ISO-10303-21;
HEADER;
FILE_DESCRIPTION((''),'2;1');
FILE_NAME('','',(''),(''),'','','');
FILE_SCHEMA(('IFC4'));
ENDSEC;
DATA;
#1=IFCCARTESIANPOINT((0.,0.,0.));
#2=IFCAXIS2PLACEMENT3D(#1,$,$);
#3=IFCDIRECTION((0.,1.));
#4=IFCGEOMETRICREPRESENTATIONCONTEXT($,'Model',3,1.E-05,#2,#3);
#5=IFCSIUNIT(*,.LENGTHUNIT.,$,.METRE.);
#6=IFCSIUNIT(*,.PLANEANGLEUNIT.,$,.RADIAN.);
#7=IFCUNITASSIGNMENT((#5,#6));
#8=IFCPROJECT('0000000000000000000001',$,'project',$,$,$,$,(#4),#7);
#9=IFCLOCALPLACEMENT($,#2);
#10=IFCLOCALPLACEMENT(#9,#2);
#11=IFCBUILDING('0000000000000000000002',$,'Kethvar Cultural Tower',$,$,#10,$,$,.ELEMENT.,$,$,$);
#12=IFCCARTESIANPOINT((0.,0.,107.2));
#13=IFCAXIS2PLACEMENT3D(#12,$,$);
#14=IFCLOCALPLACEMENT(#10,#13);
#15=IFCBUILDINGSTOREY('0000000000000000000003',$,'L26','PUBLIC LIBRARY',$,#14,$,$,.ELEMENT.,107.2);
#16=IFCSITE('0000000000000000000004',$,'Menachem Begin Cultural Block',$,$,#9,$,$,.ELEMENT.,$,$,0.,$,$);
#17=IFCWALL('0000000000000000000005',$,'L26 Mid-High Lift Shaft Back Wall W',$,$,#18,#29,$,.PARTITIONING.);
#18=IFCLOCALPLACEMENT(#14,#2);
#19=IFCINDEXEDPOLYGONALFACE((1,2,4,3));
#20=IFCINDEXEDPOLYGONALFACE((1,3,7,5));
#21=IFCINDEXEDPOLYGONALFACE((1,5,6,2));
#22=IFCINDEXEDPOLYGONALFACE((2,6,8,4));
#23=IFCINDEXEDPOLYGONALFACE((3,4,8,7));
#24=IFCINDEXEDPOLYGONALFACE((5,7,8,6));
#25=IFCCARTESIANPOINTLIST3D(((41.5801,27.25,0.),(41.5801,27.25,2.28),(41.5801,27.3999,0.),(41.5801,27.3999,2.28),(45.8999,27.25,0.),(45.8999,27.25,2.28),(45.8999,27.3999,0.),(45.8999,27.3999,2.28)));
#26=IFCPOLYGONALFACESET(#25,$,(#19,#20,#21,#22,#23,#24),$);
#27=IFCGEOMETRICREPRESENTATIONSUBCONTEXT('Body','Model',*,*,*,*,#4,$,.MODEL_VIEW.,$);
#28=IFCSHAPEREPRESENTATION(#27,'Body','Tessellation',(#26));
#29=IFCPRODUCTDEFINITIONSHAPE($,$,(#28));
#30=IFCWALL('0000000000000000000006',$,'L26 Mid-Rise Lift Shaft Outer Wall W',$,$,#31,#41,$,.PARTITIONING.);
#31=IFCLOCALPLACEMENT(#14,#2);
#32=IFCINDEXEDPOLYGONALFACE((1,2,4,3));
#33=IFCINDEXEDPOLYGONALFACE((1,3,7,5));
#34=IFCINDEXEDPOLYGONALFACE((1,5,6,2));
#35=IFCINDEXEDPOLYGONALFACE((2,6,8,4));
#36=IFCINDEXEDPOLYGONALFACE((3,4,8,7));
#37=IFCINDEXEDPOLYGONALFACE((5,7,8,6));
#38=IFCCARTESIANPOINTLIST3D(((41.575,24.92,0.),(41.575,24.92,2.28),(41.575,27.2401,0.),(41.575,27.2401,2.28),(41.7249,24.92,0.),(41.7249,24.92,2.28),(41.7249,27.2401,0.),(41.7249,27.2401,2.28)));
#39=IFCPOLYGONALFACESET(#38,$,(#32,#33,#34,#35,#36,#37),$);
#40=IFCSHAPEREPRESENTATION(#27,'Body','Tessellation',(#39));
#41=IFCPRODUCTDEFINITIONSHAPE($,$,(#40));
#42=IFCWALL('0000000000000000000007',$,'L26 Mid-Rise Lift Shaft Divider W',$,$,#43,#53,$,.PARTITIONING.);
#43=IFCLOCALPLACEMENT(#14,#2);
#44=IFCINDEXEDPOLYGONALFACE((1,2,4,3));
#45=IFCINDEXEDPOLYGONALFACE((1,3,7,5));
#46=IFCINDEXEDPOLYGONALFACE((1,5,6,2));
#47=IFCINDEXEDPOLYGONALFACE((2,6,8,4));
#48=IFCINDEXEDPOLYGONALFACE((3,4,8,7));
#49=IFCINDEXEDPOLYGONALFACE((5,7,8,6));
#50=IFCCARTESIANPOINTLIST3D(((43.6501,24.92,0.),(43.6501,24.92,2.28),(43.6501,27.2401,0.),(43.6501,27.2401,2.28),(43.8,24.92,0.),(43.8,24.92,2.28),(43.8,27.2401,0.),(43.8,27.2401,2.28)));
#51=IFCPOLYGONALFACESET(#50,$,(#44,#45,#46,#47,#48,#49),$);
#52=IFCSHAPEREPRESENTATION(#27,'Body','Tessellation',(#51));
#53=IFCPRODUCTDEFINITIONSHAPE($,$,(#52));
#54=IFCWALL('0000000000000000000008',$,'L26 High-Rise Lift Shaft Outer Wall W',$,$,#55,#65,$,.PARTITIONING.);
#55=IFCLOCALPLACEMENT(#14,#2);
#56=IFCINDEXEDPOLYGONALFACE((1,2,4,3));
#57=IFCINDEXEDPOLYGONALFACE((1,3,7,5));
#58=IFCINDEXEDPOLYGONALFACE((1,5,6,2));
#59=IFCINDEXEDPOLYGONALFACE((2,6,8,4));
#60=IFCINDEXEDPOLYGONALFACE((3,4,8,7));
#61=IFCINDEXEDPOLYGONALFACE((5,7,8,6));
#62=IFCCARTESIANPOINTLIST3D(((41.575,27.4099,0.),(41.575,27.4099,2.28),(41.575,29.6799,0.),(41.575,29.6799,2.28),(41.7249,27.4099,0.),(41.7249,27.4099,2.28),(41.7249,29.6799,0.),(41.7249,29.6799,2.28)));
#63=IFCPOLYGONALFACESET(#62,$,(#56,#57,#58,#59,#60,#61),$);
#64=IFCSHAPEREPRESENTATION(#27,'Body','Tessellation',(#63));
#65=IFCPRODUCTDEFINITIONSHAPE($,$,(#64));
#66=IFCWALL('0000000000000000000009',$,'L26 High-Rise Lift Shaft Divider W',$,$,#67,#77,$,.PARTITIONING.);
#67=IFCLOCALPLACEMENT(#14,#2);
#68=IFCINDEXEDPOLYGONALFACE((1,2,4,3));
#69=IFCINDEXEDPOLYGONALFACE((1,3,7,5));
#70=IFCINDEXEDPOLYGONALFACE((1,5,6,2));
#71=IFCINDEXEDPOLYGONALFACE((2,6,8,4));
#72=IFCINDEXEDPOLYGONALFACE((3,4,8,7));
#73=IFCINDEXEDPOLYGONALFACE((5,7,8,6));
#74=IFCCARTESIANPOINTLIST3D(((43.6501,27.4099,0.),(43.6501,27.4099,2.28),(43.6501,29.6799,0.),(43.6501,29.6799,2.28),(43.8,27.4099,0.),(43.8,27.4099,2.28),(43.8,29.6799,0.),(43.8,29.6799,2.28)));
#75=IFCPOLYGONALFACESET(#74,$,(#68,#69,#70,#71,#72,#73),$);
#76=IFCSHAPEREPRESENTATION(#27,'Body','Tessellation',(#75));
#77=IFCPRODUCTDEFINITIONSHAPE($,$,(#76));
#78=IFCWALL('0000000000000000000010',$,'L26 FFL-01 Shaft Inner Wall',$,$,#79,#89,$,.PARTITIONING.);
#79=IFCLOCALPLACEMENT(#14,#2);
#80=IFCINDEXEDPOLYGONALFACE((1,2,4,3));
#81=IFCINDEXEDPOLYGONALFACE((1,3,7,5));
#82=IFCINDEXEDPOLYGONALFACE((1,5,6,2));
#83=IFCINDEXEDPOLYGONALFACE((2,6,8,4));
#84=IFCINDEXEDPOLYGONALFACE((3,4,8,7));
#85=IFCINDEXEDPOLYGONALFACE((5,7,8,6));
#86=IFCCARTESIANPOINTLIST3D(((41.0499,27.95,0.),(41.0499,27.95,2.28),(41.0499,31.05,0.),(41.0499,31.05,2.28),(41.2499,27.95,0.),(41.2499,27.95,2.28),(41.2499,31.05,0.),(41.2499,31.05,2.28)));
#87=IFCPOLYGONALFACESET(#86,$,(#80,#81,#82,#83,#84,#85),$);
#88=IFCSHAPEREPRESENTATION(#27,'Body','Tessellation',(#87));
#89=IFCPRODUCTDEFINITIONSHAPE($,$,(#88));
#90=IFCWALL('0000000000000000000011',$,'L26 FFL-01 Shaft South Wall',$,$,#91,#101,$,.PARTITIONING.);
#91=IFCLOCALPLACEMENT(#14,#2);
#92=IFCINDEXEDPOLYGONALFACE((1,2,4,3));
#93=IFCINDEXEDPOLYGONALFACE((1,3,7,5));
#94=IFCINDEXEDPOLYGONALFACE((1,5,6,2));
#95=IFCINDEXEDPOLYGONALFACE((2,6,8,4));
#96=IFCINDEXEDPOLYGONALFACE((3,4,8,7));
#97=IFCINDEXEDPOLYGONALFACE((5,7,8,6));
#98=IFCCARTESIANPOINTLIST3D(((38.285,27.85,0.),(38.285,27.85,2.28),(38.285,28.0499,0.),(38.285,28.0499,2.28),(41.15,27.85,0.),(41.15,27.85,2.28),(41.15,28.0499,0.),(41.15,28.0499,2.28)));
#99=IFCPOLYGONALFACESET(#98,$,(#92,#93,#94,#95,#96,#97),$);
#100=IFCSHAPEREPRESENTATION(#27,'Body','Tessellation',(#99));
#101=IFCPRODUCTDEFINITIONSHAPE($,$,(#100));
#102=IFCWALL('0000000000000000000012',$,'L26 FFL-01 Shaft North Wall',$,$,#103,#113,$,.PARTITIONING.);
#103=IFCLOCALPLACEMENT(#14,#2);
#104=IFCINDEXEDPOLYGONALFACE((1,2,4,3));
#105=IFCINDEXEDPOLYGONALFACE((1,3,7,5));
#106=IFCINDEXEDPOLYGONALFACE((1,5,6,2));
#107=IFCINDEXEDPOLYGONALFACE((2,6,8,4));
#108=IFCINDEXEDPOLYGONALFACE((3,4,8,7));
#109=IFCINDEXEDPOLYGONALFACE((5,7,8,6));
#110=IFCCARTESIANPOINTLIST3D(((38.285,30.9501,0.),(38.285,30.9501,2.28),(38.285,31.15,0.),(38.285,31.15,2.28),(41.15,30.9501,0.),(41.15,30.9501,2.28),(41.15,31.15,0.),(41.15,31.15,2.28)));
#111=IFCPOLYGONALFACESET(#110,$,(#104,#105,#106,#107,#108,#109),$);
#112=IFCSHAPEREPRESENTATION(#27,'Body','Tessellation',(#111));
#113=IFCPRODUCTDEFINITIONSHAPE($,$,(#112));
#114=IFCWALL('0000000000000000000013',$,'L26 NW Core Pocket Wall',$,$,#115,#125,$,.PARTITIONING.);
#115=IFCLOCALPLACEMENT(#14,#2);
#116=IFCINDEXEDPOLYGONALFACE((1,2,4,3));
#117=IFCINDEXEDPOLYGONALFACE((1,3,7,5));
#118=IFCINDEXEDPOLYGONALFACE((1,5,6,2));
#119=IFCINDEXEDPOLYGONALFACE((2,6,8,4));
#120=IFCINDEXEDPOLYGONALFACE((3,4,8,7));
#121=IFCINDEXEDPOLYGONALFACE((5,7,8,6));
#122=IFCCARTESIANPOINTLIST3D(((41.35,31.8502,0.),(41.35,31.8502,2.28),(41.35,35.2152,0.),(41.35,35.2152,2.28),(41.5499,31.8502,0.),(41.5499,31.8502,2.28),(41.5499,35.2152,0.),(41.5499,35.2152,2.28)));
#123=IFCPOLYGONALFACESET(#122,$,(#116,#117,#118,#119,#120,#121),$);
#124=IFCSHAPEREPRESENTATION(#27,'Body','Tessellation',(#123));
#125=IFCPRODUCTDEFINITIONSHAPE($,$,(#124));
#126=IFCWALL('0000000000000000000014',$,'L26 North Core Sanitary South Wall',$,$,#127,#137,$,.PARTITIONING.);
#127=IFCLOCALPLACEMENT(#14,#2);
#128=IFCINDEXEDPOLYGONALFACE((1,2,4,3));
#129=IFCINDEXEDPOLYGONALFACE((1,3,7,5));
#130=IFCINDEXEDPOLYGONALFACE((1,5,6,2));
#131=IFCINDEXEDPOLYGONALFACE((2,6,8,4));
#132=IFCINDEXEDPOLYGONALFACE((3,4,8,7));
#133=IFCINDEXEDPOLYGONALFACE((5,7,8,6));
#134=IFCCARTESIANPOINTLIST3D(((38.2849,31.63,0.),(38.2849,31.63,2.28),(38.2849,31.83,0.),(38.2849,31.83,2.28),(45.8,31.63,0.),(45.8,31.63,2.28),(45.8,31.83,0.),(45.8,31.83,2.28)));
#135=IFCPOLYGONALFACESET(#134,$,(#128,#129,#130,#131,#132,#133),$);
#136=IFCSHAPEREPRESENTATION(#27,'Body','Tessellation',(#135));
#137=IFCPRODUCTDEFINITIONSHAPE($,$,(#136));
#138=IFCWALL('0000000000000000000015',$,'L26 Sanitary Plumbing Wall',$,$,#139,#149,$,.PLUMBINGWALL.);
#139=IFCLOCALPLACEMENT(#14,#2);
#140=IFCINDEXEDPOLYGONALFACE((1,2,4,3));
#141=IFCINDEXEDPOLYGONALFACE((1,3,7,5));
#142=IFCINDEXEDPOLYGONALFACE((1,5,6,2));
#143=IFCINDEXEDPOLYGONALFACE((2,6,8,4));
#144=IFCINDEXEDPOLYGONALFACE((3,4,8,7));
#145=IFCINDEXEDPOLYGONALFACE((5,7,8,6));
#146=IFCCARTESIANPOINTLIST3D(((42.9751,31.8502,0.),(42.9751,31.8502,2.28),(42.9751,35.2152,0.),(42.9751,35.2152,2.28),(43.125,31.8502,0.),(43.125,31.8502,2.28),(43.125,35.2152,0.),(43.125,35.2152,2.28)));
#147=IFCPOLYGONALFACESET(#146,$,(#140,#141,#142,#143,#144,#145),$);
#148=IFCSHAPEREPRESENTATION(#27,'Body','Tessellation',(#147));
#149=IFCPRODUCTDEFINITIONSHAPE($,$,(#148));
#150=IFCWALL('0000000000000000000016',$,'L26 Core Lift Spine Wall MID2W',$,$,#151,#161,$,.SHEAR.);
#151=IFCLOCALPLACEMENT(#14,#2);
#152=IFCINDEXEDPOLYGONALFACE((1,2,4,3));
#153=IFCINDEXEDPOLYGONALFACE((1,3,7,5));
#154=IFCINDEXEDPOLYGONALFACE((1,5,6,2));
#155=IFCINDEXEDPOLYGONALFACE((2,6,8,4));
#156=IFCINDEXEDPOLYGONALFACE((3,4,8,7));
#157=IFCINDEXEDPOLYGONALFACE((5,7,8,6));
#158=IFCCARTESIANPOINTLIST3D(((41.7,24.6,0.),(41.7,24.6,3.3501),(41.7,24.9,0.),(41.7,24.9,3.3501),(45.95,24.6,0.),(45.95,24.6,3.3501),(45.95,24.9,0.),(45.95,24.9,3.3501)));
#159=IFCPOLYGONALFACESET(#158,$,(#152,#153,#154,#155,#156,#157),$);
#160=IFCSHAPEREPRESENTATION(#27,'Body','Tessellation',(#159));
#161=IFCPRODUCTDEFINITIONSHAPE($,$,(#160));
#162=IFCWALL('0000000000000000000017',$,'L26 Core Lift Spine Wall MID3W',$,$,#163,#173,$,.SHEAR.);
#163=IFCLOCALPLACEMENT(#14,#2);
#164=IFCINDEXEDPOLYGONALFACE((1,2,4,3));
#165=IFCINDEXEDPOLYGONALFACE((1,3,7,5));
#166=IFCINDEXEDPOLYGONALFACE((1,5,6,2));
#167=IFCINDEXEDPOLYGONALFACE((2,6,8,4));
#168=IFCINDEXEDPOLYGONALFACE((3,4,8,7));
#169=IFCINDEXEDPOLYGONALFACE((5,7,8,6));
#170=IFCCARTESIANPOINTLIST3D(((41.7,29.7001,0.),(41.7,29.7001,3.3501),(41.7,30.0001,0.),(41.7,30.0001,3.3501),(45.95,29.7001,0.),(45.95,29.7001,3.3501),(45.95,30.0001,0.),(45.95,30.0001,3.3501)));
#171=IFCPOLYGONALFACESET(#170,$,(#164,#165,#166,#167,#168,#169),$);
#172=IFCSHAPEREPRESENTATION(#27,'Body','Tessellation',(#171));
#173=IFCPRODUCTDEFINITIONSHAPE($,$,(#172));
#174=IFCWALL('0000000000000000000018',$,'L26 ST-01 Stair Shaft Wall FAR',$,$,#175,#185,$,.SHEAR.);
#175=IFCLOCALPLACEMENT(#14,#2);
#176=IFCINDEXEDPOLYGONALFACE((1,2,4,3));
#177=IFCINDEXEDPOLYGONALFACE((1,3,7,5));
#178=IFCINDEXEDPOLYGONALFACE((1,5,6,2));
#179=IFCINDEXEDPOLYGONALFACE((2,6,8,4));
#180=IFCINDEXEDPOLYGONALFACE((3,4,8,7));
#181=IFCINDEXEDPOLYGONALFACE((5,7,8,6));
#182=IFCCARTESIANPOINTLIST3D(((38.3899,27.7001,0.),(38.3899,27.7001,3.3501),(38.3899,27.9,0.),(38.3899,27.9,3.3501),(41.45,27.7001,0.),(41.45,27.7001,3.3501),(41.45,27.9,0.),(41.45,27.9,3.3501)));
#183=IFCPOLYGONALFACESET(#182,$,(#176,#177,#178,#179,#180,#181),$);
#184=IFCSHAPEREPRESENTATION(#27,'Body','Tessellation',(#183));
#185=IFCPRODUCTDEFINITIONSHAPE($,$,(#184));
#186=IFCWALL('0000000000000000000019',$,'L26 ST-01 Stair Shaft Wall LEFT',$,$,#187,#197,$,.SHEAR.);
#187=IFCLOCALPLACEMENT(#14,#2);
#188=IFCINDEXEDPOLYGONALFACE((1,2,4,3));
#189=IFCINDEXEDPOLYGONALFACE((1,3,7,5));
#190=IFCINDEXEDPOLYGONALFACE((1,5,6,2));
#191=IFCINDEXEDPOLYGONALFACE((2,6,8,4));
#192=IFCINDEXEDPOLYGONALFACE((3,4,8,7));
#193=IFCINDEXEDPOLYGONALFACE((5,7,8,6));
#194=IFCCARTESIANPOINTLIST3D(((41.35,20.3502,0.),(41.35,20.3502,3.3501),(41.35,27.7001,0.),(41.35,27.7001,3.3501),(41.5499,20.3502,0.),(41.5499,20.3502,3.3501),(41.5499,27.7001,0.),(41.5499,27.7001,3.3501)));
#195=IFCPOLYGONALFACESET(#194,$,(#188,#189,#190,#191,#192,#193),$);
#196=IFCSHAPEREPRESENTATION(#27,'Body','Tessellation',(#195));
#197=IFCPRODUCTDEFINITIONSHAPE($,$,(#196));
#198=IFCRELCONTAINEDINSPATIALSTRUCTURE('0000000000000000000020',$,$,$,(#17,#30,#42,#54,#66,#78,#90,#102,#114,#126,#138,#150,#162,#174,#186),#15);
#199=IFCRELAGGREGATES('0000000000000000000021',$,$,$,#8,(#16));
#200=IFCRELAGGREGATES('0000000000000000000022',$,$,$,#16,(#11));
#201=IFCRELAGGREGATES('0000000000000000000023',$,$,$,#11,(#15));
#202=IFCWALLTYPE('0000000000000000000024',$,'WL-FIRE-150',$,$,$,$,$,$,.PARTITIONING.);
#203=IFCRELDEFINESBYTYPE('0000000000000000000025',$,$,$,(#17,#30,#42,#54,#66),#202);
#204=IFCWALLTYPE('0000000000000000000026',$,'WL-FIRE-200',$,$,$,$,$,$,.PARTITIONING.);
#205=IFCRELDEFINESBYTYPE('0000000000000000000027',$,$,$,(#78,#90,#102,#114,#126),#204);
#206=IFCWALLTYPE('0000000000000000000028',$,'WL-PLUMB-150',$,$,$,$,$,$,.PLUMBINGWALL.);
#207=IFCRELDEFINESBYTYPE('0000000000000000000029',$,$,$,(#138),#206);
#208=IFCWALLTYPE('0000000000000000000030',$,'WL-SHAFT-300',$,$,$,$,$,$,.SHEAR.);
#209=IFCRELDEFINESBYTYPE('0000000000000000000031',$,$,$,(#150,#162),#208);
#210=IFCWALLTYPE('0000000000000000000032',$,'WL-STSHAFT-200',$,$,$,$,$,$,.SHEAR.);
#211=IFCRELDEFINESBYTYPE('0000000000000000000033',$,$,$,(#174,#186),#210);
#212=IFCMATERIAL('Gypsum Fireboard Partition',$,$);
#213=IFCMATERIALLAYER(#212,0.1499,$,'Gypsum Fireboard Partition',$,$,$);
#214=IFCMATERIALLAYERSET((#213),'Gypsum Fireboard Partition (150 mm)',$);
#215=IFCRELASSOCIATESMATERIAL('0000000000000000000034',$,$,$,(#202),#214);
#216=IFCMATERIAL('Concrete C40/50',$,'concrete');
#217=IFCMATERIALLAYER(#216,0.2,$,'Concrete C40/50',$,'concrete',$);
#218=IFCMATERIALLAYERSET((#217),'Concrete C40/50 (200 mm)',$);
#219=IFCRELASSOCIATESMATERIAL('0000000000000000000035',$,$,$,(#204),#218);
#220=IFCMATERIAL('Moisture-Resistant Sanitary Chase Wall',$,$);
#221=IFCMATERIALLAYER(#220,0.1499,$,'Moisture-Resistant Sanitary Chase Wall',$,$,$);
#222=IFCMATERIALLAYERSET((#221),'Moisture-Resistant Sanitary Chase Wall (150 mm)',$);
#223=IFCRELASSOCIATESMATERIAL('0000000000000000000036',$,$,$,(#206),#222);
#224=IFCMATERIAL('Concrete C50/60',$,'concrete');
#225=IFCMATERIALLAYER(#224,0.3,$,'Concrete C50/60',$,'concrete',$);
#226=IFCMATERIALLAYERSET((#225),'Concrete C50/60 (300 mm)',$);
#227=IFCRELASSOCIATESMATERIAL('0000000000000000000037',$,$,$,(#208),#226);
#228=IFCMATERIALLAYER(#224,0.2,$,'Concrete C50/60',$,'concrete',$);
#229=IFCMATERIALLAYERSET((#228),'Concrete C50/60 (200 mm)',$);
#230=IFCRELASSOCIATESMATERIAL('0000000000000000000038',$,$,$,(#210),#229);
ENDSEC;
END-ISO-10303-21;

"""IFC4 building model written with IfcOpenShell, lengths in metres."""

from ifc_helpers import new_model, si_unit, direction, frame, frame_2d, origin, place, context, subcontext, project, spatial, rectangle, extrude, material, layer, layer_set, type_object, element, save


model = new_model("IFC4")

# Units and contexts
model_context = context("Model", 3, precision=1e-05, world=origin(), true_north=direction((0.0, 1.0)))
body_context = subcontext(model_context, "Body", "Model", "MODEL_VIEW")
ifc_project = project(units=[si_unit("LENGTHUNIT", "METRE"), si_unit("PLANEANGLEUNIT", "RADIAN")], contexts=[model_context])

# Site, building, storey
site_placement = place(None, origin())
site = spatial("IfcSite", under=ifc_project, at=site_placement, Name="Menachem Begin Cultural Block", CompositionType="ELEMENT", RefElevation=0.0)
building_placement = place(site_placement, origin())
building = spatial("IfcBuilding", under=site, at=building_placement, Name="Kethvar Cultural Tower", CompositionType="ELEMENT")
storey_placement = place(building_placement, frame((0.0, 0.0, 107.2)))
storey = spatial("IfcBuildingStorey", under=building, at=storey_placement, Name="L26", Description="PUBLIC LIBRARY", CompositionType="ELEMENT", Elevation=107.2)

# Walls
ifc_material_1 = material(Name="Gypsum Fireboard Partition")
ifc_layer_1 = layer(ifc_material_1, 0.1499, Name="Gypsum Fireboard Partition")
ifc_layer_set_1 = layer_set([ifc_layer_1], Name="Gypsum Fireboard Partition (150 mm)")
wall_type_1 = type_object("IfcWallType", Name="WL-FIRE-150", PredefinedType="PARTITIONING", material=ifc_layer_set_1)
wall_1_placement = place(storey_placement, frame((41.5801, 27.325, 0.0), z_axis=(0.0, 0.0, 1.0), x_axis=(1.0, 0.0, 0.0)))
element("IfcWall", 1, at=wall_1_placement, inside=storey, type_object=wall_type_1, Name="L26 Mid-High Lift Shaft Back Wall W", PredefinedType="PARTITIONING", context=body_context, shape_type="SweptSolid", body=[
    extrude(rectangle(XDim=4.3198, YDim=0.1499, at=frame_2d((2.1599, 0.0))), origin(), (0.0, 0.0, 1.0), 2.28),
])
for number, where, z_axis, x_axis, name in (
    (2, (41.6499, 24.9199, 0.0), (0.0, 0.0, 1.0), (0.0, 1.0, 0.0), "L26 Mid-Rise Lift Shaft Outer Wall W"),
    (3, (43.7251, 24.9199, 0.0), (0.0, 0.0, 1.0), (0.0, 1.0, 0.0), "L26 Mid-Rise Lift Shaft Divider W"),
):
    element("IfcWall", number, at=place(storey_placement, frame(where, z_axis=z_axis, x_axis=x_axis)), inside=storey, type_object=wall_type_1, Name=name, PredefinedType="PARTITIONING", context=body_context, shape_type="SweptSolid", body=[
        extrude(rectangle(XDim=2.3201, YDim=0.1499, at=frame_2d((1.1602, 0.0))), origin(), (0.0, 0.0, 1.0), 2.28),
    ])
for number, where, z_axis, x_axis, name in (
    (4, (41.6499, 27.4099, 0.0), (0.0, 0.0, 1.0), (0.0, 1.0, 0.0), "L26 High-Rise Lift Shaft Outer Wall W"),
    (5, (43.7251, 27.4099, 0.0), (0.0, 0.0, 1.0), (0.0, 1.0, 0.0), "L26 High-Rise Lift Shaft Divider W"),
):
    element("IfcWall", number, at=place(storey_placement, frame(where, z_axis=z_axis, x_axis=x_axis)), inside=storey, type_object=wall_type_1, Name=name, PredefinedType="PARTITIONING", context=body_context, shape_type="SweptSolid", body=[
        extrude(rectangle(XDim=2.27, YDim=0.1499, at=frame_2d((1.135, 0.0))), origin(), (0.0, 0.0, 1.0), 2.28),
    ])
ifc_material_2 = material(Name="Concrete C40/50", Category="concrete")
ifc_layer_2 = layer(ifc_material_2, 0.2, Name="Concrete C40/50", Category="concrete")
ifc_layer_set_2 = layer_set([ifc_layer_2], Name="Concrete C40/50 (200 mm)")
wall_type_2 = type_object("IfcWallType", Name="WL-FIRE-200", PredefinedType="PARTITIONING", material=ifc_layer_set_2)
wall_2_placement = place(storey_placement, frame((41.1499, 27.95, 0.0), z_axis=(0.0, 0.0, 1.0), x_axis=(0.0, 1.0, 0.0)))
element("IfcWall", 6, at=wall_2_placement, inside=storey, type_object=wall_type_2, Name="L26 FFL-01 Shaft Inner Wall", PredefinedType="PARTITIONING", context=body_context, shape_type="SweptSolid", body=[
    extrude(rectangle(XDim=3.1001, YDim=0.2, at=frame_2d((1.55, 0.0))), origin(), (0.0, 0.0, 1.0), 2.28),
])
for number, where, z_axis, x_axis, name in (
    (7, (38.2849, 27.95, 0.0), (0.0, 0.0, 1.0), (1.0, 0.0, 0.0), "L26 FFL-01 Shaft South Wall"),
    (8, (38.2849, 31.05, 0.0), (0.0, 0.0, 1.0), (1.0, 0.0, 0.0), "L26 FFL-01 Shaft North Wall"),
):
    element("IfcWall", number, at=place(storey_placement, frame(where, z_axis=z_axis, x_axis=x_axis)), inside=storey, type_object=wall_type_2, Name=name, PredefinedType="PARTITIONING", context=body_context, shape_type="SweptSolid", body=[
        extrude(rectangle(XDim=2.865, YDim=0.2, at=frame_2d((1.4326, 0.0))), origin(), (0.0, 0.0, 1.0), 2.28),
    ])
wall_3_placement = place(storey_placement, frame((41.45, 31.8501, 0.0), z_axis=(0.0, 0.0, 1.0), x_axis=(0.0, 1.0, 0.0)))
element("IfcWall", 9, at=wall_3_placement, inside=storey, type_object=wall_type_2, Name="L26 NW Core Pocket Wall", PredefinedType="PARTITIONING", context=body_context, shape_type="SweptSolid", body=[
    extrude(rectangle(XDim=3.365, YDim=0.2, at=frame_2d((1.6826, 0.0))), origin(), (0.0, 0.0, 1.0), 2.28),
])
wall_4_placement = place(storey_placement, frame((38.2849, 31.73, 0.0), z_axis=(0.0, 0.0, 1.0), x_axis=(1.0, 0.0, 0.0)))
element("IfcWall", 10, at=wall_4_placement, inside=storey, type_object=wall_type_2, Name="L26 North Core Sanitary South Wall", PredefinedType="PARTITIONING", context=body_context, shape_type="SweptSolid", body=[
    extrude(rectangle(XDim=7.5151, YDim=0.2, at=frame_2d((3.7576, 0.0))), origin(), (0.0, 0.0, 1.0), 2.28),
])
ifc_material_3 = material(Name="Moisture-Resistant Sanitary Chase Wall")
ifc_layer_3 = layer(ifc_material_3, 0.1499, Name="Moisture-Resistant Sanitary Chase Wall")
ifc_layer_set_3 = layer_set([ifc_layer_3], Name="Moisture-Resistant Sanitary Chase Wall (150 mm)")
wall_type_3 = type_object("IfcWallType", Name="WL-PLUMB-150", PredefinedType="PLUMBINGWALL", material=ifc_layer_set_3)
wall_5_placement = place(storey_placement, frame((43.05, 31.8501, 0.0), z_axis=(0.0, 0.0, 1.0), x_axis=(0.0, 1.0, 0.0)))
element("IfcWall", 11, at=wall_5_placement, inside=storey, type_object=wall_type_3, Name="L26 Sanitary Plumbing Wall", PredefinedType="PLUMBINGWALL", context=body_context, shape_type="SweptSolid", body=[
    extrude(rectangle(XDim=3.365, YDim=0.1499, at=frame_2d((1.6826, 0.0))), origin(), (0.0, 0.0, 1.0), 2.28),
])
ifc_material_4 = material(Name="Concrete C50/60", Category="concrete")
ifc_layer_4 = layer(ifc_material_4, 0.3, Name="Concrete C50/60", Category="concrete")
ifc_layer_set_4 = layer_set([ifc_layer_4], Name="Concrete C50/60 (300 mm)")
wall_type_4 = type_object("IfcWallType", Name="WL-SHAFT-300", PredefinedType="SHEAR", material=ifc_layer_set_4)
for number, where, z_axis, x_axis, name in (
    (12, (41.7, 24.75, 0.0), (0.0, 0.0, 1.0), (1.0, 0.0, 0.0), "L26 Core Lift Spine Wall MID2W"),
    (13, (41.7, 29.8501, 0.0), (0.0, 0.0, 1.0), (1.0, 0.0, 0.0), "L26 Core Lift Spine Wall MID3W"),
):
    element("IfcWall", number, at=place(storey_placement, frame(where, z_axis=z_axis, x_axis=x_axis)), inside=storey, type_object=wall_type_4, Name=name, PredefinedType="SHEAR", context=body_context, shape_type="SweptSolid", body=[
        extrude(rectangle(XDim=4.25, YDim=0.3, at=frame_2d((2.125, 0.0))), origin(), (0.0, 0.0, 1.0), 3.3501),
    ])
ifc_layer_5 = layer(ifc_material_4, 0.2, Name="Concrete C50/60", Category="concrete")
ifc_layer_set_5 = layer_set([ifc_layer_5], Name="Concrete C50/60 (200 mm)")
wall_type_5 = type_object("IfcWallType", Name="WL-STSHAFT-200", PredefinedType="SHEAR", material=ifc_layer_set_5)
wall_6_placement = place(storey_placement, frame((38.3899, 27.8, 0.0), z_axis=(0.0, 0.0, 1.0), x_axis=(1.0, 0.0, 0.0)))
element("IfcWall", 14, at=wall_6_placement, inside=storey, type_object=wall_type_5, Name="L26 ST-01 Stair Shaft Wall FAR", PredefinedType="SHEAR", context=body_context, shape_type="SweptSolid", body=[
    extrude(rectangle(XDim=3.0601, YDim=0.2, at=frame_2d((1.53, 0.0))), origin(), (0.0, 0.0, 1.0), 3.3501),
])
wall_7_placement = place(storey_placement, frame((41.45, 27.7, 0.0), z_axis=(0.0, 0.0, 1.0), x_axis=(0.0, -1.0, 0.0)))
element("IfcWall", 15, at=wall_7_placement, inside=storey, type_object=wall_type_5, Name="L26 ST-01 Stair Shaft Wall LEFT", PredefinedType="SHEAR", context=body_context, shape_type="SweptSolid", body=[
    extrude(rectangle(XDim=7.3499, YDim=0.2, at=frame_2d((3.6748, 0.0))), origin(), (0.0, 0.0, 1.0), 3.3501),
])

save(model, "model.ifc")
